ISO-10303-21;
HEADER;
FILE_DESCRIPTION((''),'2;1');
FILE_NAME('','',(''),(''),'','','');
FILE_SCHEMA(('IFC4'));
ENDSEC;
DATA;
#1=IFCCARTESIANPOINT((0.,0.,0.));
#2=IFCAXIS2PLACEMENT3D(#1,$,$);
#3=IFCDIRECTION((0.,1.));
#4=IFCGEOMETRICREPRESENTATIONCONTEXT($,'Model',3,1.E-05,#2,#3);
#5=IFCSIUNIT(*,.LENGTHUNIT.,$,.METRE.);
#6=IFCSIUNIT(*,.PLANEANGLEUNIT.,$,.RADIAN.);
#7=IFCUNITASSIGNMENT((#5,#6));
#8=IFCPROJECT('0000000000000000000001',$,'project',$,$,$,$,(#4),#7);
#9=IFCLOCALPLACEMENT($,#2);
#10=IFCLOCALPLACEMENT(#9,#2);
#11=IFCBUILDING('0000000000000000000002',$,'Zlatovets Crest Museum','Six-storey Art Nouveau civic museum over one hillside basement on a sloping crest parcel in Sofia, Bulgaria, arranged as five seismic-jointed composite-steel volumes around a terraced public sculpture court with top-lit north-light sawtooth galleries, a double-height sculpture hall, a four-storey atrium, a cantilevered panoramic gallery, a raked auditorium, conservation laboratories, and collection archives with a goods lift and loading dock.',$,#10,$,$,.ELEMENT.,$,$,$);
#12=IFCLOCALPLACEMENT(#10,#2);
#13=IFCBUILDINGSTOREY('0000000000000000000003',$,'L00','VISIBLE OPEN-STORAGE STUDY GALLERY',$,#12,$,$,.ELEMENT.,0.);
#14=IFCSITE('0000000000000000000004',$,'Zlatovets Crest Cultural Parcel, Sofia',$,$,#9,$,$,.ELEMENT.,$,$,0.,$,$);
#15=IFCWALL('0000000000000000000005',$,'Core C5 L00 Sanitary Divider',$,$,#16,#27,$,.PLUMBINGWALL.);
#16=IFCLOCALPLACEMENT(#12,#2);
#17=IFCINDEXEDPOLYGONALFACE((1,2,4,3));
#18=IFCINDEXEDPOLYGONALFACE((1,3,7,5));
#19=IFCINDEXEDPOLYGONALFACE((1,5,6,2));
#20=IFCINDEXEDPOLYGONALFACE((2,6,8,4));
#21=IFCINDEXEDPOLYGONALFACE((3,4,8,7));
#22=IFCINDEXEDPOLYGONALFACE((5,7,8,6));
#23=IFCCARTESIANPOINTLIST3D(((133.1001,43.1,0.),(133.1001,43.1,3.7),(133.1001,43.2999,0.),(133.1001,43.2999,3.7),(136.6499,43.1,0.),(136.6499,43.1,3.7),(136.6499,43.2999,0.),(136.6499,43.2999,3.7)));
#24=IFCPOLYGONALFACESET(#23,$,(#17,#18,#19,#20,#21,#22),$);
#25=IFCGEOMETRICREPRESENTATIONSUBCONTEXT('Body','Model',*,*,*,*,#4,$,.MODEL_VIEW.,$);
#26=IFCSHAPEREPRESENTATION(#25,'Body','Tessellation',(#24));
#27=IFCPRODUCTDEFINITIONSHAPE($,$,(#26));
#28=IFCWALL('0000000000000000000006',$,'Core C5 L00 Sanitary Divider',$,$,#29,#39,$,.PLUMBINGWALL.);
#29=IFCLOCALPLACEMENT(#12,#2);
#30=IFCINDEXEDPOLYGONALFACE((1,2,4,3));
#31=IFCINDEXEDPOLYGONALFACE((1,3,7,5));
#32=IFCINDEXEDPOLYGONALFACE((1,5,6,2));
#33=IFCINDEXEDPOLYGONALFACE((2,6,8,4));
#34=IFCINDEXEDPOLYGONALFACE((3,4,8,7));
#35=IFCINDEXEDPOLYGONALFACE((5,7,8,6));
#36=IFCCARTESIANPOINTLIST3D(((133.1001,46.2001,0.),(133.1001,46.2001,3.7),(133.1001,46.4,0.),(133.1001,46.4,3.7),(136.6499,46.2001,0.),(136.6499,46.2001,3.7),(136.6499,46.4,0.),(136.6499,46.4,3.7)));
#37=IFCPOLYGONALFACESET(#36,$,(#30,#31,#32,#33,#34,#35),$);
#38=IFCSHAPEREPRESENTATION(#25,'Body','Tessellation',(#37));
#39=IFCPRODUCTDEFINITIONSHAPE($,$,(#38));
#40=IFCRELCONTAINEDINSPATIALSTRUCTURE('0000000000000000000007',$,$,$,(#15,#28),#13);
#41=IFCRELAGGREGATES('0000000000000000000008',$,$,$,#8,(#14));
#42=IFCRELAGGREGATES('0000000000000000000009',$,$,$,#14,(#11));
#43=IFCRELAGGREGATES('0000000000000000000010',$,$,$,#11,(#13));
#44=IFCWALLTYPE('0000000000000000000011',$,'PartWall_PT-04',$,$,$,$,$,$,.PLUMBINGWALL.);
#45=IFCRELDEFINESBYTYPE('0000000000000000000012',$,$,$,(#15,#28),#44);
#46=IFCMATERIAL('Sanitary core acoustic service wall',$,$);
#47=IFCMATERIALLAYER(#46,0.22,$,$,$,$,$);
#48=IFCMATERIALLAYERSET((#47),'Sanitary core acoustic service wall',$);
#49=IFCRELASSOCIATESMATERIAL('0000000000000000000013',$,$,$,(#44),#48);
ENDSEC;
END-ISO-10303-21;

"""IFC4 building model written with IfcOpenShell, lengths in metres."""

from ifc_helpers import new_model, si_unit, direction, frame, frame_2d, origin, place, context, subcontext, project, spatial, rectangle, extrude, material, layer, layer_set, type_object, element, save


model = new_model("IFC4")

# Units and contexts
model_context = context("Model", 3, precision=1e-05, world=origin(), true_north=direction((0.0, 1.0)))
body_context = subcontext(model_context, "Body", "Model", "MODEL_VIEW")
ifc_project = project(units=[si_unit("LENGTHUNIT", "METRE"), si_unit("PLANEANGLEUNIT", "RADIAN")], contexts=[model_context])

# Site, building, storey
site_placement = place(None, origin())
site = spatial("IfcSite", under=ifc_project, at=site_placement, Name="Zlatovets Crest Cultural Parcel, Sofia", CompositionType="ELEMENT", RefElevation=0.0)
building_placement = place(site_placement, origin())
building = spatial("IfcBuilding", under=site, at=building_placement, Name="Zlatovets Crest Museum", Description="Six-storey Art Nouveau civic museum over one hillside basement on a sloping crest parcel in Sofia, Bulgaria, arranged as five seismic-jointed composite-steel volumes around a terraced public sculpture court with top-lit north-light sawtooth galleries, a double-height sculpture hall, a four-storey atrium, a cantilevered panoramic gallery, a raked auditorium, conservation laboratories, and collection archives with a goods lift and loading dock.", CompositionType="ELEMENT")
storey_placement = place(building_placement, origin())
storey = spatial("IfcBuildingStorey", under=building, at=storey_placement, Name="L00", Description="VISIBLE OPEN-STORAGE STUDY GALLERY", CompositionType="ELEMENT", Elevation=0.0)

# Walls
ifc_material_1 = material(Name="Sanitary core acoustic service wall")
ifc_layer_1 = layer(ifc_material_1, 0.22)
ifc_layer_set_1 = layer_set([ifc_layer_1], Name="Sanitary core acoustic service wall")
wall_type = type_object("IfcWallType", Name="PartWall_PT-04", PredefinedType="PLUMBINGWALL", material=ifc_layer_set_1)
for number, where, z_axis, x_axis, name in (
    (1, (133.1001, 43.2, 0.0), (0.0, 0.0, 1.0), (1.0, 0.0, 0.0), "Core C5 L00 Sanitary Divider"),
    (2, (133.1001, 46.3, 0.0), (0.0, 0.0, 1.0), (1.0, 0.0, 0.0), "Core C5 L00 Sanitary Divider"),
):
    element("IfcWall", number, at=place(storey_placement, frame(where, z_axis=z_axis, x_axis=x_axis)), inside=storey, type_object=wall_type, Name=name, PredefinedType="PLUMBINGWALL", context=body_context, shape_type="SweptSolid", body=[
        extrude(rectangle(XDim=3.5498, YDim=0.2, at=frame_2d((1.7749, 0.0))), origin(), (0.0, 0.0, 1.0), 3.7),
    ])

save(model, "model.ifc")
